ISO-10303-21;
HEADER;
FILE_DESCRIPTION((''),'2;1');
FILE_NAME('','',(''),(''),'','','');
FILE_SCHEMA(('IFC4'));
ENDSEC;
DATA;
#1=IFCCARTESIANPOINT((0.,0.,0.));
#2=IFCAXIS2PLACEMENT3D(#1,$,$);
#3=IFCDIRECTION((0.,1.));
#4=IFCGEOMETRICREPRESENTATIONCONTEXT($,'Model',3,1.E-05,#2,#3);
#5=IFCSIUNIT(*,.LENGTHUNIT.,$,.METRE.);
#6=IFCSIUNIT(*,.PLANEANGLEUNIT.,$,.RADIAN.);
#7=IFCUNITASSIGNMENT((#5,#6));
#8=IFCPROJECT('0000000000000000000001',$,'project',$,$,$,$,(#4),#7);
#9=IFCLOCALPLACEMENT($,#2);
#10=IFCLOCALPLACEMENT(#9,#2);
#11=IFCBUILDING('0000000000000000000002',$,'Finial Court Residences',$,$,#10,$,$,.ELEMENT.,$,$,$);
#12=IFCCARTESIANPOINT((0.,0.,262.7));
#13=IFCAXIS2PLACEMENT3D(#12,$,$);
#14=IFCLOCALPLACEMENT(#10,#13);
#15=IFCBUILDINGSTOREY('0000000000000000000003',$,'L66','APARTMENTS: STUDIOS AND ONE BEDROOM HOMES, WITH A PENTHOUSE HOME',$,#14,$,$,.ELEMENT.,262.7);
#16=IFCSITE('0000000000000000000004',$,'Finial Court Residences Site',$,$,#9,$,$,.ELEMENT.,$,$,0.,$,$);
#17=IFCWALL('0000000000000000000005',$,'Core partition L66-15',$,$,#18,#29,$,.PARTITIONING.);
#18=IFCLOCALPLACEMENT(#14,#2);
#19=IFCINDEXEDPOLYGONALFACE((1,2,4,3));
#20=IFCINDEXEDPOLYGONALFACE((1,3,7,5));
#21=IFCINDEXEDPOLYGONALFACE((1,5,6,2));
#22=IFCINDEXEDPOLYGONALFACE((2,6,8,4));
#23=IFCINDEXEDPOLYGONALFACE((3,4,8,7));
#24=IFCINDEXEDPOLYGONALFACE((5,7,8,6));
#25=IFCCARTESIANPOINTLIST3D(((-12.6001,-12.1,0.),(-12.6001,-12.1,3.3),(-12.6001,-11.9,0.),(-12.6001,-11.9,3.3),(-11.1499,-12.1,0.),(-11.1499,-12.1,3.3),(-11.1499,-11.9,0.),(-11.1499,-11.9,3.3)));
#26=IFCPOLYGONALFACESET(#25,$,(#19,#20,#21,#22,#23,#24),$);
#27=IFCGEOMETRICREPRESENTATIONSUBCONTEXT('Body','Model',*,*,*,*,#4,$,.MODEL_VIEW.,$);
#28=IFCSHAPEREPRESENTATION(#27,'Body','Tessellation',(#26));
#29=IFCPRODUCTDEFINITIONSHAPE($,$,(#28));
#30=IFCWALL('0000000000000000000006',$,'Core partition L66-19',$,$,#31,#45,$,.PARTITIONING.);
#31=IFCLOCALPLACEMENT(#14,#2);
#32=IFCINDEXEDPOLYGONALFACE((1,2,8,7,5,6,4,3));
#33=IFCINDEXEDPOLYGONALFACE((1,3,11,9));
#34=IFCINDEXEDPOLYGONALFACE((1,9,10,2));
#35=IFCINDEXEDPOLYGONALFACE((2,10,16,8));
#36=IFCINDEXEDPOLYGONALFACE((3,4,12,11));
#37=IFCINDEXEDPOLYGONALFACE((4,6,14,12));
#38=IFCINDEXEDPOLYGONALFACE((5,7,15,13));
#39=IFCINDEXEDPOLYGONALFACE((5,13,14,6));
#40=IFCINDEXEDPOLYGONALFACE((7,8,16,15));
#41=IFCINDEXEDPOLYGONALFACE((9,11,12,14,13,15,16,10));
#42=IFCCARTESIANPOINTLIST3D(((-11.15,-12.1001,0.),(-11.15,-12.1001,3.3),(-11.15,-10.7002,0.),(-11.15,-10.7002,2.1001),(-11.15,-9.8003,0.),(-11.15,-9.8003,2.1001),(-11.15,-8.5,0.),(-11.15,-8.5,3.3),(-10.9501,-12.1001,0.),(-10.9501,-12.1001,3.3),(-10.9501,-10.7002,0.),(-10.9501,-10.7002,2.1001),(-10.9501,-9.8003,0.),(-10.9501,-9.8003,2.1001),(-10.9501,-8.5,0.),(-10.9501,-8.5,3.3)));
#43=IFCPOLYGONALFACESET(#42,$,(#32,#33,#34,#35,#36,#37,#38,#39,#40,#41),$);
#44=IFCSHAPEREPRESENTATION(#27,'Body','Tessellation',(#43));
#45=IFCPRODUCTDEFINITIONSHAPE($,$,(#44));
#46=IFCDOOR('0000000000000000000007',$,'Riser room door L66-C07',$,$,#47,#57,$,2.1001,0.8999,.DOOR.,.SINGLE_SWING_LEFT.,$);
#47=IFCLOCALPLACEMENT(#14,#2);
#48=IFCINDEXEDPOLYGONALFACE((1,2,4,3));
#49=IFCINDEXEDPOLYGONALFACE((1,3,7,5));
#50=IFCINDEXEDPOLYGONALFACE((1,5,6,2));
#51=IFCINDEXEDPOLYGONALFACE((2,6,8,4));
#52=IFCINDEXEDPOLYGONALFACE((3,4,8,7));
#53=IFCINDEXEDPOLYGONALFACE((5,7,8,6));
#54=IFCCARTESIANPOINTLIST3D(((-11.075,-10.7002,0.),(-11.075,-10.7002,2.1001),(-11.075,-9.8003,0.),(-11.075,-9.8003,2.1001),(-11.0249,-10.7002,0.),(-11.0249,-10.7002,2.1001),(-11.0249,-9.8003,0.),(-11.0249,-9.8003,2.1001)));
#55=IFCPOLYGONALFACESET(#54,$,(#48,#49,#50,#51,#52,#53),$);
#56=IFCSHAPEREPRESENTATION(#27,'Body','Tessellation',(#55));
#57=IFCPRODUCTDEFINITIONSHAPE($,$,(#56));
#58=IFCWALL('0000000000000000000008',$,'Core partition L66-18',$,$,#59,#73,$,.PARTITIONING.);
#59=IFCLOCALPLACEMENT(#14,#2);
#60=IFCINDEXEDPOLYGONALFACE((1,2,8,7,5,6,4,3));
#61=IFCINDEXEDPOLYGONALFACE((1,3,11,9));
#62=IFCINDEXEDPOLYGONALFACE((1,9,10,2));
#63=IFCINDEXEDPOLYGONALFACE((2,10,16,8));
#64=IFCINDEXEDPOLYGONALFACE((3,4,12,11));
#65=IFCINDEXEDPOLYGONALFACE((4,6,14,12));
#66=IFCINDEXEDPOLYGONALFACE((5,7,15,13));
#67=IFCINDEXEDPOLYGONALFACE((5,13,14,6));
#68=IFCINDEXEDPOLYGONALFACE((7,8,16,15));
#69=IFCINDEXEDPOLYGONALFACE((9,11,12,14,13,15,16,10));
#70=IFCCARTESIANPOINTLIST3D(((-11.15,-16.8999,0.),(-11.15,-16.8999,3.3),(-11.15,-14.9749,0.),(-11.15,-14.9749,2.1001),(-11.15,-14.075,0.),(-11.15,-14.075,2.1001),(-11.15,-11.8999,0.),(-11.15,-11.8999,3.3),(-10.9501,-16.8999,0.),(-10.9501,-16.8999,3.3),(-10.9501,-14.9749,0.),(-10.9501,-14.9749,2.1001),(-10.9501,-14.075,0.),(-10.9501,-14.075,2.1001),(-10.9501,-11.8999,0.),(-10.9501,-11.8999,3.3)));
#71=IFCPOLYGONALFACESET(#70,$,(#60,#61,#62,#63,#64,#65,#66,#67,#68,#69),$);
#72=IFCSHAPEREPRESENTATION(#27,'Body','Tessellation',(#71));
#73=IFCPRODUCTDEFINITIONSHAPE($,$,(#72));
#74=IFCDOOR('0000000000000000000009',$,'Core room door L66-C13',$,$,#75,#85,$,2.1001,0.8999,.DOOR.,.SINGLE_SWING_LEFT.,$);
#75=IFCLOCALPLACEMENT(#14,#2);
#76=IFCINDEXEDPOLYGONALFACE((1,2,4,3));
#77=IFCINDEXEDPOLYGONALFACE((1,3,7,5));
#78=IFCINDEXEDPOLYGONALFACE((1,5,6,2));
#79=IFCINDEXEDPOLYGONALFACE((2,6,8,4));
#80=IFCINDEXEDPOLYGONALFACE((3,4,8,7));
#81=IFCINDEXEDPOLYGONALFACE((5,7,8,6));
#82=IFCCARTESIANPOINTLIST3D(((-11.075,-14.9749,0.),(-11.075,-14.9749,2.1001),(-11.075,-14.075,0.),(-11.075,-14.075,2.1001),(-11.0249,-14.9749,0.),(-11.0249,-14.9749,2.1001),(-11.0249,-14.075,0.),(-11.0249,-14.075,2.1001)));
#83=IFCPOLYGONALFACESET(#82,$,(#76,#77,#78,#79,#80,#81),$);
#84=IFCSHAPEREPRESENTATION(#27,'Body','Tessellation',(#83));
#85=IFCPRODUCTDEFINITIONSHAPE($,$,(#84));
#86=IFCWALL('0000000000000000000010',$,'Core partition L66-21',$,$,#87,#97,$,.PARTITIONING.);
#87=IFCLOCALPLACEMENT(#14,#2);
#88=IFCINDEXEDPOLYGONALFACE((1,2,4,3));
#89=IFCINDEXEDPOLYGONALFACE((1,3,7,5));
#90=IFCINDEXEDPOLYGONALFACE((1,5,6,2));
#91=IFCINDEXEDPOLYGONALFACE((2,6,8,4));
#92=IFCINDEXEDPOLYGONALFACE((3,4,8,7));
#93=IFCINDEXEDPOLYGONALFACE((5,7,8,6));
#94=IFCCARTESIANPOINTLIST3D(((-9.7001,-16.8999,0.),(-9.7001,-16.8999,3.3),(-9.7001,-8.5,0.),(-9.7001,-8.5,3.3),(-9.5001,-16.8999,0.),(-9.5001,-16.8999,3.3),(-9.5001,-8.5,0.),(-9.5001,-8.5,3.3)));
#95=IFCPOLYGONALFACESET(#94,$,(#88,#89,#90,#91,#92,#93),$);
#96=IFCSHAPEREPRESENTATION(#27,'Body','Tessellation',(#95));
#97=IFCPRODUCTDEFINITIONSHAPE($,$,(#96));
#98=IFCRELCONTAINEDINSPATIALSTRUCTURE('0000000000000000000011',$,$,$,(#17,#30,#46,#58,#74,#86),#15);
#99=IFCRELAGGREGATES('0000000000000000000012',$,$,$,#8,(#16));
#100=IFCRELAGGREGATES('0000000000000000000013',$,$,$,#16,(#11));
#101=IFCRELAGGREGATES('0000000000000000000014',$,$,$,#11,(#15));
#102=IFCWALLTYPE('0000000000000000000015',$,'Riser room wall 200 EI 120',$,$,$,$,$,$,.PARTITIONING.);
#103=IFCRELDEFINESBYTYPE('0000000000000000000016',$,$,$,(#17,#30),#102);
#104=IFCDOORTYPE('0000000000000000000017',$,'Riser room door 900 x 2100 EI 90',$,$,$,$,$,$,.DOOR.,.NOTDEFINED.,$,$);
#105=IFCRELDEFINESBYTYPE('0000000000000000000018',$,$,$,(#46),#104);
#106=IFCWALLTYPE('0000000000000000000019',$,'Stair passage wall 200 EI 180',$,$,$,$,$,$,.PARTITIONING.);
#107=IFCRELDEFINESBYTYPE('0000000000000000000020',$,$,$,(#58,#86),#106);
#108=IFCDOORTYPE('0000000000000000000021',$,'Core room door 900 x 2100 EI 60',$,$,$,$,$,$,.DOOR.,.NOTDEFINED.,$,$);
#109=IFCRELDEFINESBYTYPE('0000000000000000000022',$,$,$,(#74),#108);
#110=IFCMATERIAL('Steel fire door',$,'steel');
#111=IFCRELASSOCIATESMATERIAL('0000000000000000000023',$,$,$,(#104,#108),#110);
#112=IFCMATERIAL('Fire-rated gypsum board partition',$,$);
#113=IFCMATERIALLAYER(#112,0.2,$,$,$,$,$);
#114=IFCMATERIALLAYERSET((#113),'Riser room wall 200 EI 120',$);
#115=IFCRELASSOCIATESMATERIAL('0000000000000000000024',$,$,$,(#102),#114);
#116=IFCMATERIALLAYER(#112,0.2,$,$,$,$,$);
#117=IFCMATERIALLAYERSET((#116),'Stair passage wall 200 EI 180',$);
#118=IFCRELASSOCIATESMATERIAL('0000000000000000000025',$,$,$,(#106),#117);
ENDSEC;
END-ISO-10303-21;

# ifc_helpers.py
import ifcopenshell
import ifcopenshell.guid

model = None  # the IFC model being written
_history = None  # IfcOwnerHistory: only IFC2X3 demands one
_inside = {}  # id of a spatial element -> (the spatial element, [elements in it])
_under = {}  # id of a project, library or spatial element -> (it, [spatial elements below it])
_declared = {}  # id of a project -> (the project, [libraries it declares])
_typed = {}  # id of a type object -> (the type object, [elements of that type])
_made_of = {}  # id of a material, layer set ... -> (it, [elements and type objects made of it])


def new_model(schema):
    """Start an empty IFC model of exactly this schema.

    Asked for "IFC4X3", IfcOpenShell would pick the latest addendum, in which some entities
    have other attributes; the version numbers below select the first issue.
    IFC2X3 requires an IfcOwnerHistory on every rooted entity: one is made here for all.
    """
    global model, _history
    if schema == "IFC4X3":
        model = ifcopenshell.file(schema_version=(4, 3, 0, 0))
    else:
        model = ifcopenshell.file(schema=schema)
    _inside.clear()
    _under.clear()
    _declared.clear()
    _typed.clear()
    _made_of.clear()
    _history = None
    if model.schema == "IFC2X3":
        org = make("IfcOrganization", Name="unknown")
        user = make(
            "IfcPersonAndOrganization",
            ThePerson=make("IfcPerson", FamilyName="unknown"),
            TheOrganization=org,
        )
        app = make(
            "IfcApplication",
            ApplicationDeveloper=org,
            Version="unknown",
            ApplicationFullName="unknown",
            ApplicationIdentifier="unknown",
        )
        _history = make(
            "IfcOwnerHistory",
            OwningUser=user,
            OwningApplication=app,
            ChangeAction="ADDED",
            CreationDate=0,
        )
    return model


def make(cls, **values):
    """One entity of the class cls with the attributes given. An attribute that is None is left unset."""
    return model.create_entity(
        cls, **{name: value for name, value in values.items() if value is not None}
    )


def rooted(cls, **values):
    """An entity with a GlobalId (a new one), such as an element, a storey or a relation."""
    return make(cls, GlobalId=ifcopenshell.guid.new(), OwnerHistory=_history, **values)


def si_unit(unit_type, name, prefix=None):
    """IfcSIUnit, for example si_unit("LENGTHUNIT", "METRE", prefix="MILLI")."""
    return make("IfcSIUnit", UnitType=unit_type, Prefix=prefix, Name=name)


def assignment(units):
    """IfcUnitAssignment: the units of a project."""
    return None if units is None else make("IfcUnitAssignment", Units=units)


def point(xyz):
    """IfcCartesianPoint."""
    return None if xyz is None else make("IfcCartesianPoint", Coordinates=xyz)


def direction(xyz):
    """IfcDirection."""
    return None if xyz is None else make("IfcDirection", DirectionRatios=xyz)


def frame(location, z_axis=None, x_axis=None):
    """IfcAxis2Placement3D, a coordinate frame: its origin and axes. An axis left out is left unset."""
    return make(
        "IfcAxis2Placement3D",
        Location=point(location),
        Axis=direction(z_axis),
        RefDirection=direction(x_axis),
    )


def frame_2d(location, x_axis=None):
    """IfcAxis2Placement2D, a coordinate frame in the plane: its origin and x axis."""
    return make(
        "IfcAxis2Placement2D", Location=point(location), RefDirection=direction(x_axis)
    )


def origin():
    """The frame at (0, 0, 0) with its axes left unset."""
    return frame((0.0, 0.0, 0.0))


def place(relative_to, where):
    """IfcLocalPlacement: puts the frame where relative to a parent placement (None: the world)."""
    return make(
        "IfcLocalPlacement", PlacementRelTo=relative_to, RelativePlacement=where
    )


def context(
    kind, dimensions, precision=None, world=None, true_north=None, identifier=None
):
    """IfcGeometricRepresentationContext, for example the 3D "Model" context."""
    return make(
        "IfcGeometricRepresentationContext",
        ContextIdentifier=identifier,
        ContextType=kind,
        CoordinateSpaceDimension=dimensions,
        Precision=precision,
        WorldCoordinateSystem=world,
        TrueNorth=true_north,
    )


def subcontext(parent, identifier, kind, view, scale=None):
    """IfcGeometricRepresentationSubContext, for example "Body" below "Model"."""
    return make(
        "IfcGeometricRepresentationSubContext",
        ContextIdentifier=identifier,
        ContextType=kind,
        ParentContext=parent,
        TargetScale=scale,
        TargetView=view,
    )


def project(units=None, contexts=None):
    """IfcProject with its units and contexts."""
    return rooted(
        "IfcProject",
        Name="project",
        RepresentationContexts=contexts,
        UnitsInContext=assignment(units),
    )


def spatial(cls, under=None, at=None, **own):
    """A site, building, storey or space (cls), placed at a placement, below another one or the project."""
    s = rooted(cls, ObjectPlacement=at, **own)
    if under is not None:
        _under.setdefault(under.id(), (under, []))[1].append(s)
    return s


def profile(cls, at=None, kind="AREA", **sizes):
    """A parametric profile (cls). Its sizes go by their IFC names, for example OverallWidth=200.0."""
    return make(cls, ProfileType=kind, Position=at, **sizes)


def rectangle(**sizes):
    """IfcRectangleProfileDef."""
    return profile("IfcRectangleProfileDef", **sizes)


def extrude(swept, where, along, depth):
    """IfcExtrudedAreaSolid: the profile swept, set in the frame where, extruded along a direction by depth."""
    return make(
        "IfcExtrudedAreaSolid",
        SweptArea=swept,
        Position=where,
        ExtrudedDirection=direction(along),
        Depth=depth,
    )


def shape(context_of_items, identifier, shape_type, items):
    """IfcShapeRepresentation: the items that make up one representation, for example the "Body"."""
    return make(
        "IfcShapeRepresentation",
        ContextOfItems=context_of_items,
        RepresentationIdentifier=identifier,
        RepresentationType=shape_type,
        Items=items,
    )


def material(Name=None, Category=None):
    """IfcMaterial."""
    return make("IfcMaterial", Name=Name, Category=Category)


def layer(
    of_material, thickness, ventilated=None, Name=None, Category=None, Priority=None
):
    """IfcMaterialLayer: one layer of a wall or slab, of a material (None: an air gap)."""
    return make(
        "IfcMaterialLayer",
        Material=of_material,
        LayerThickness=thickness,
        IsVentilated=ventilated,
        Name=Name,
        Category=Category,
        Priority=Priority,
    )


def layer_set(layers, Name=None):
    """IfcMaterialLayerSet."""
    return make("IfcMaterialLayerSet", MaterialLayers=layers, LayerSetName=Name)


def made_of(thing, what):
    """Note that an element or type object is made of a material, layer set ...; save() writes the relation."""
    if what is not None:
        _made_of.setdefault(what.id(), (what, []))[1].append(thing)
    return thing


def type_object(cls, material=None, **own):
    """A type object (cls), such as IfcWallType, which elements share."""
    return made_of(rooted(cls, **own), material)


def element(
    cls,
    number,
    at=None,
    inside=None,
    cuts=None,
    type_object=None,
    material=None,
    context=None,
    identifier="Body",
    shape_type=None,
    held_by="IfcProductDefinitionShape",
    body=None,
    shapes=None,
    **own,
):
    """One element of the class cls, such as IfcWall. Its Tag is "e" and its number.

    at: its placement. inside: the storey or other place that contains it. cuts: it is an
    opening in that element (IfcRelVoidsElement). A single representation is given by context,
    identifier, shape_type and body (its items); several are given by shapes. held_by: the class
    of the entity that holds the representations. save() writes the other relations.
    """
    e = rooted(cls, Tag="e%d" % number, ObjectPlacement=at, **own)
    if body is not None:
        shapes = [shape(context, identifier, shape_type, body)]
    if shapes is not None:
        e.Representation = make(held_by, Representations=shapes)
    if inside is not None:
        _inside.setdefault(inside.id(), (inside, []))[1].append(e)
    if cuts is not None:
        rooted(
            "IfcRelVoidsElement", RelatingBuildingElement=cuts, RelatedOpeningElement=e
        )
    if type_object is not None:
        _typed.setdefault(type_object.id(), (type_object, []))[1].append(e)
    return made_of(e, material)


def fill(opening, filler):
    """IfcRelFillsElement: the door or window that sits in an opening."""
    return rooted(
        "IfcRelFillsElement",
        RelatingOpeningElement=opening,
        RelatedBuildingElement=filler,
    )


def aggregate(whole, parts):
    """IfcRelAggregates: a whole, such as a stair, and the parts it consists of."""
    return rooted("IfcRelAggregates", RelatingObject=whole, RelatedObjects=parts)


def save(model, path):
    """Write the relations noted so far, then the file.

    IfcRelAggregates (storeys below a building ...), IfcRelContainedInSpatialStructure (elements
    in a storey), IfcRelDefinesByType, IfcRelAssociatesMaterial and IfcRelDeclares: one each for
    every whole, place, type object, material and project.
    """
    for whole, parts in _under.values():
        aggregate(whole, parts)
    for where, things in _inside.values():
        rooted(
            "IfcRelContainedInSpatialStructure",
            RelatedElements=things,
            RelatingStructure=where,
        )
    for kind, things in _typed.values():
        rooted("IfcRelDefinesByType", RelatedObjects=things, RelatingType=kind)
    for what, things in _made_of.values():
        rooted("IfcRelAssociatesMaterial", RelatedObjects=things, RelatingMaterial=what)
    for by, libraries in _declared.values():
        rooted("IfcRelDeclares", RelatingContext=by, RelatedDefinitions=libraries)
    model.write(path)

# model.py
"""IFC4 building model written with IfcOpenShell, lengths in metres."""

from ifc_helpers import new_model, si_unit, direction, frame, frame_2d, origin, place, context, subcontext, project, spatial, rectangle, extrude, material, layer, layer_set, type_object, element, fill, save


model = new_model("IFC4")

# Units and contexts
model_context = context("Model", 3, precision=1e-05, world=origin(), true_north=direction((0.0, 1.0)))
body_context = subcontext(model_context, "Body", "Model", "MODEL_VIEW")
ifc_project = project(units=[si_unit("LENGTHUNIT", "METRE"), si_unit("PLANEANGLEUNIT", "RADIAN")], contexts=[model_context])

# Site, building, storey
site_placement = place(None, origin())
site = spatial("IfcSite", under=ifc_project, at=site_placement, Name="Finial Court Residences Site", CompositionType="ELEMENT", RefElevation=0.0)
building_placement = place(site_placement, origin())
building = spatial("IfcBuilding", under=site, at=building_placement, Name="Finial Court Residences", CompositionType="ELEMENT")
storey_placement = place(building_placement, frame((0.0, 0.0, 262.7)))
storey = spatial("IfcBuildingStorey", under=building, at=storey_placement, Name="L66", Description="APARTMENTS: STUDIOS AND ONE BEDROOM HOMES, WITH A PENTHOUSE HOME", CompositionType="ELEMENT", Elevation=262.7)

# Shared definitions
ifc_material_1 = material(Name="Steel fire door", Category="steel")
door_type_1 = type_object("IfcDoorType", Name="Riser room door 900 x 2100 EI 90", OperationType="NOTDEFINED", PredefinedType="DOOR", material=ifc_material_1)

# Shared definitions
ifc_material_2 = material(Name="Fire-rated gypsum board partition")

# Wall
ifc_layer_1 = layer(ifc_material_2, 0.2)
ifc_layer_set_1 = layer_set([ifc_layer_1], Name="Riser room wall 200 EI 120")
wall_type_1 = type_object("IfcWallType", Name="Riser room wall 200 EI 120", PredefinedType="PARTITIONING", material=ifc_layer_set_1)
wall_1_placement = place(storey_placement, frame((-12.6001, -12.0, 0.0), z_axis=(0.0, 0.0, 1.0), x_axis=(1.0, 0.0, 0.0)))
element("IfcWall", 1, at=wall_1_placement, inside=storey, type_object=wall_type_1, Name="Core partition L66-15", PredefinedType="PARTITIONING", context=body_context, shape_type="SweptSolid", body=[
    extrude(rectangle(XDim=1.4502, YDim=0.2, at=frame_2d((0.7251, 0.0))), origin(), (0.0, 0.0, 1.0), 3.3),
])

# Walls, openings, doors
wall_2_placement = place(storey_placement, frame((-11.05, -12.1001, 0.0), z_axis=(0.0, 0.0, 1.0), x_axis=(0.0, 1.0, 0.0)))
wall_2 = element("IfcWall", 2, at=wall_2_placement, inside=storey, type_object=wall_type_1, Name="Core partition L66-19", PredefinedType="PARTITIONING", context=body_context, shape_type="SweptSolid", body=[
    extrude(rectangle(XDim=3.6001, YDim=0.2, at=frame_2d((1.8, 0.0))), origin(), (0.0, 0.0, 1.0), 3.3),
])
opening_1_placement = place(wall_2_placement, frame((1.3999, 0.0, 0.0)))
opening_1 = element("IfcOpeningElement", 3, at=opening_1_placement, cuts=wall_2, PredefinedType="OPENING", context=body_context, shape_type="SweptSolid", body=[
    extrude(rectangle(XDim=0.8999, YDim=2.1001, at=frame_2d((0.45, 1.05))), frame((0.0, 0.1099, 0.0), z_axis=(0.0, -1.0, 0.0), x_axis=(1.0, 0.0, 0.0)), (0.0, 0.0, 1.0), 0.22),
])
door_1_placement = place(opening_1_placement, origin())
door_1 = element("IfcDoor", 4, at=door_1_placement, inside=storey, type_object=door_type_1, Name="Riser room door L66-C07", OperationType="SINGLE_SWING_LEFT", OverallHeight=2.1001, OverallWidth=0.8999, PredefinedType="DOOR", context=body_context, shape_type="SweptSolid", body=[
    extrude(rectangle(XDim=0.8999, YDim=2.1001, at=frame_2d((0.45, 1.05))), frame((0.0, 0.0249, 0.0), z_axis=(0.0, -1.0, 0.0), x_axis=(1.0, 0.0, 0.0)), (0.0, 0.0, 1.0), 0.05),
])
fill(opening_1, door_1)
ifc_layer_2 = layer(ifc_material_2, 0.2)
ifc_layer_set_2 = layer_set([ifc_layer_2], Name="Stair passage wall 200 EI 180")
wall_type_2 = type_object("IfcWallType", Name="Stair passage wall 200 EI 180", PredefinedType="PARTITIONING", material=ifc_layer_set_2)
wall_3_placement = place(storey_placement, frame((-11.05, -16.8999, 0.0), z_axis=(0.0, 0.0, 1.0), x_axis=(0.0, 1.0, 0.0)))
wall_3 = element("IfcWall", 5, at=wall_3_placement, inside=storey, type_object=wall_type_2, Name="Core partition L66-18", PredefinedType="PARTITIONING", context=body_context, shape_type="SweptSolid", body=[
    extrude(rectangle(XDim=5.0, YDim=0.2, at=frame_2d((2.5, 0.0))), origin(), (0.0, 0.0, 1.0), 3.3),
])
opening_2_placement = place(wall_3_placement, frame((1.925, 0.0, 0.0)))
opening_2 = element("IfcOpeningElement", 6, at=opening_2_placement, cuts=wall_3, PredefinedType="OPENING", context=body_context, shape_type="SweptSolid", body=[
    extrude(rectangle(XDim=0.8999, YDim=2.1001, at=frame_2d((0.45, 1.05))), frame((0.0, 0.1099, 0.0), z_axis=(0.0, -1.0, 0.0), x_axis=(1.0, 0.0, 0.0)), (0.0, 0.0, 1.0), 0.22),
])
door_type_2 = type_object("IfcDoorType", Name="Core room door 900 x 2100 EI 60", OperationType="NOTDEFINED", PredefinedType="DOOR", material=ifc_material_1)
door_2_placement = place(opening_2_placement, origin())
door_2 = element("IfcDoor", 7, at=door_2_placement, inside=storey, type_object=door_type_2, Name="Core room door L66-C13", OperationType="SINGLE_SWING_LEFT", OverallHeight=2.1001, OverallWidth=0.8999, PredefinedType="DOOR", context=body_context, shape_type="SweptSolid", body=[
    extrude(rectangle(XDim=0.8999, YDim=2.1001, at=frame_2d((0.45, 1.05))), frame((0.0, 0.0249, 0.0), z_axis=(0.0, -1.0, 0.0), x_axis=(1.0, 0.0, 0.0)), (0.0, 0.0, 1.0), 0.05),
])
fill(opening_2, door_2)

# Wall
wall_4_placement = place(storey_placement, frame((-9.6001, -16.8999, 0.0), z_axis=(0.0, 0.0, 1.0), x_axis=(0.0, 1.0, 0.0)))
element("IfcWall", 8, at=wall_4_placement, inside=storey, type_object=wall_type_2, Name="Core partition L66-21", PredefinedType="PARTITIONING", context=body_context, shape_type="SweptSolid", body=[
    extrude(rectangle(XDim=8.3999, YDim=0.2, at=frame_2d((4.2, 0.0))), origin(), (0.0, 0.0, 1.0), 3.3),
])

save(model, "model.ifc")
